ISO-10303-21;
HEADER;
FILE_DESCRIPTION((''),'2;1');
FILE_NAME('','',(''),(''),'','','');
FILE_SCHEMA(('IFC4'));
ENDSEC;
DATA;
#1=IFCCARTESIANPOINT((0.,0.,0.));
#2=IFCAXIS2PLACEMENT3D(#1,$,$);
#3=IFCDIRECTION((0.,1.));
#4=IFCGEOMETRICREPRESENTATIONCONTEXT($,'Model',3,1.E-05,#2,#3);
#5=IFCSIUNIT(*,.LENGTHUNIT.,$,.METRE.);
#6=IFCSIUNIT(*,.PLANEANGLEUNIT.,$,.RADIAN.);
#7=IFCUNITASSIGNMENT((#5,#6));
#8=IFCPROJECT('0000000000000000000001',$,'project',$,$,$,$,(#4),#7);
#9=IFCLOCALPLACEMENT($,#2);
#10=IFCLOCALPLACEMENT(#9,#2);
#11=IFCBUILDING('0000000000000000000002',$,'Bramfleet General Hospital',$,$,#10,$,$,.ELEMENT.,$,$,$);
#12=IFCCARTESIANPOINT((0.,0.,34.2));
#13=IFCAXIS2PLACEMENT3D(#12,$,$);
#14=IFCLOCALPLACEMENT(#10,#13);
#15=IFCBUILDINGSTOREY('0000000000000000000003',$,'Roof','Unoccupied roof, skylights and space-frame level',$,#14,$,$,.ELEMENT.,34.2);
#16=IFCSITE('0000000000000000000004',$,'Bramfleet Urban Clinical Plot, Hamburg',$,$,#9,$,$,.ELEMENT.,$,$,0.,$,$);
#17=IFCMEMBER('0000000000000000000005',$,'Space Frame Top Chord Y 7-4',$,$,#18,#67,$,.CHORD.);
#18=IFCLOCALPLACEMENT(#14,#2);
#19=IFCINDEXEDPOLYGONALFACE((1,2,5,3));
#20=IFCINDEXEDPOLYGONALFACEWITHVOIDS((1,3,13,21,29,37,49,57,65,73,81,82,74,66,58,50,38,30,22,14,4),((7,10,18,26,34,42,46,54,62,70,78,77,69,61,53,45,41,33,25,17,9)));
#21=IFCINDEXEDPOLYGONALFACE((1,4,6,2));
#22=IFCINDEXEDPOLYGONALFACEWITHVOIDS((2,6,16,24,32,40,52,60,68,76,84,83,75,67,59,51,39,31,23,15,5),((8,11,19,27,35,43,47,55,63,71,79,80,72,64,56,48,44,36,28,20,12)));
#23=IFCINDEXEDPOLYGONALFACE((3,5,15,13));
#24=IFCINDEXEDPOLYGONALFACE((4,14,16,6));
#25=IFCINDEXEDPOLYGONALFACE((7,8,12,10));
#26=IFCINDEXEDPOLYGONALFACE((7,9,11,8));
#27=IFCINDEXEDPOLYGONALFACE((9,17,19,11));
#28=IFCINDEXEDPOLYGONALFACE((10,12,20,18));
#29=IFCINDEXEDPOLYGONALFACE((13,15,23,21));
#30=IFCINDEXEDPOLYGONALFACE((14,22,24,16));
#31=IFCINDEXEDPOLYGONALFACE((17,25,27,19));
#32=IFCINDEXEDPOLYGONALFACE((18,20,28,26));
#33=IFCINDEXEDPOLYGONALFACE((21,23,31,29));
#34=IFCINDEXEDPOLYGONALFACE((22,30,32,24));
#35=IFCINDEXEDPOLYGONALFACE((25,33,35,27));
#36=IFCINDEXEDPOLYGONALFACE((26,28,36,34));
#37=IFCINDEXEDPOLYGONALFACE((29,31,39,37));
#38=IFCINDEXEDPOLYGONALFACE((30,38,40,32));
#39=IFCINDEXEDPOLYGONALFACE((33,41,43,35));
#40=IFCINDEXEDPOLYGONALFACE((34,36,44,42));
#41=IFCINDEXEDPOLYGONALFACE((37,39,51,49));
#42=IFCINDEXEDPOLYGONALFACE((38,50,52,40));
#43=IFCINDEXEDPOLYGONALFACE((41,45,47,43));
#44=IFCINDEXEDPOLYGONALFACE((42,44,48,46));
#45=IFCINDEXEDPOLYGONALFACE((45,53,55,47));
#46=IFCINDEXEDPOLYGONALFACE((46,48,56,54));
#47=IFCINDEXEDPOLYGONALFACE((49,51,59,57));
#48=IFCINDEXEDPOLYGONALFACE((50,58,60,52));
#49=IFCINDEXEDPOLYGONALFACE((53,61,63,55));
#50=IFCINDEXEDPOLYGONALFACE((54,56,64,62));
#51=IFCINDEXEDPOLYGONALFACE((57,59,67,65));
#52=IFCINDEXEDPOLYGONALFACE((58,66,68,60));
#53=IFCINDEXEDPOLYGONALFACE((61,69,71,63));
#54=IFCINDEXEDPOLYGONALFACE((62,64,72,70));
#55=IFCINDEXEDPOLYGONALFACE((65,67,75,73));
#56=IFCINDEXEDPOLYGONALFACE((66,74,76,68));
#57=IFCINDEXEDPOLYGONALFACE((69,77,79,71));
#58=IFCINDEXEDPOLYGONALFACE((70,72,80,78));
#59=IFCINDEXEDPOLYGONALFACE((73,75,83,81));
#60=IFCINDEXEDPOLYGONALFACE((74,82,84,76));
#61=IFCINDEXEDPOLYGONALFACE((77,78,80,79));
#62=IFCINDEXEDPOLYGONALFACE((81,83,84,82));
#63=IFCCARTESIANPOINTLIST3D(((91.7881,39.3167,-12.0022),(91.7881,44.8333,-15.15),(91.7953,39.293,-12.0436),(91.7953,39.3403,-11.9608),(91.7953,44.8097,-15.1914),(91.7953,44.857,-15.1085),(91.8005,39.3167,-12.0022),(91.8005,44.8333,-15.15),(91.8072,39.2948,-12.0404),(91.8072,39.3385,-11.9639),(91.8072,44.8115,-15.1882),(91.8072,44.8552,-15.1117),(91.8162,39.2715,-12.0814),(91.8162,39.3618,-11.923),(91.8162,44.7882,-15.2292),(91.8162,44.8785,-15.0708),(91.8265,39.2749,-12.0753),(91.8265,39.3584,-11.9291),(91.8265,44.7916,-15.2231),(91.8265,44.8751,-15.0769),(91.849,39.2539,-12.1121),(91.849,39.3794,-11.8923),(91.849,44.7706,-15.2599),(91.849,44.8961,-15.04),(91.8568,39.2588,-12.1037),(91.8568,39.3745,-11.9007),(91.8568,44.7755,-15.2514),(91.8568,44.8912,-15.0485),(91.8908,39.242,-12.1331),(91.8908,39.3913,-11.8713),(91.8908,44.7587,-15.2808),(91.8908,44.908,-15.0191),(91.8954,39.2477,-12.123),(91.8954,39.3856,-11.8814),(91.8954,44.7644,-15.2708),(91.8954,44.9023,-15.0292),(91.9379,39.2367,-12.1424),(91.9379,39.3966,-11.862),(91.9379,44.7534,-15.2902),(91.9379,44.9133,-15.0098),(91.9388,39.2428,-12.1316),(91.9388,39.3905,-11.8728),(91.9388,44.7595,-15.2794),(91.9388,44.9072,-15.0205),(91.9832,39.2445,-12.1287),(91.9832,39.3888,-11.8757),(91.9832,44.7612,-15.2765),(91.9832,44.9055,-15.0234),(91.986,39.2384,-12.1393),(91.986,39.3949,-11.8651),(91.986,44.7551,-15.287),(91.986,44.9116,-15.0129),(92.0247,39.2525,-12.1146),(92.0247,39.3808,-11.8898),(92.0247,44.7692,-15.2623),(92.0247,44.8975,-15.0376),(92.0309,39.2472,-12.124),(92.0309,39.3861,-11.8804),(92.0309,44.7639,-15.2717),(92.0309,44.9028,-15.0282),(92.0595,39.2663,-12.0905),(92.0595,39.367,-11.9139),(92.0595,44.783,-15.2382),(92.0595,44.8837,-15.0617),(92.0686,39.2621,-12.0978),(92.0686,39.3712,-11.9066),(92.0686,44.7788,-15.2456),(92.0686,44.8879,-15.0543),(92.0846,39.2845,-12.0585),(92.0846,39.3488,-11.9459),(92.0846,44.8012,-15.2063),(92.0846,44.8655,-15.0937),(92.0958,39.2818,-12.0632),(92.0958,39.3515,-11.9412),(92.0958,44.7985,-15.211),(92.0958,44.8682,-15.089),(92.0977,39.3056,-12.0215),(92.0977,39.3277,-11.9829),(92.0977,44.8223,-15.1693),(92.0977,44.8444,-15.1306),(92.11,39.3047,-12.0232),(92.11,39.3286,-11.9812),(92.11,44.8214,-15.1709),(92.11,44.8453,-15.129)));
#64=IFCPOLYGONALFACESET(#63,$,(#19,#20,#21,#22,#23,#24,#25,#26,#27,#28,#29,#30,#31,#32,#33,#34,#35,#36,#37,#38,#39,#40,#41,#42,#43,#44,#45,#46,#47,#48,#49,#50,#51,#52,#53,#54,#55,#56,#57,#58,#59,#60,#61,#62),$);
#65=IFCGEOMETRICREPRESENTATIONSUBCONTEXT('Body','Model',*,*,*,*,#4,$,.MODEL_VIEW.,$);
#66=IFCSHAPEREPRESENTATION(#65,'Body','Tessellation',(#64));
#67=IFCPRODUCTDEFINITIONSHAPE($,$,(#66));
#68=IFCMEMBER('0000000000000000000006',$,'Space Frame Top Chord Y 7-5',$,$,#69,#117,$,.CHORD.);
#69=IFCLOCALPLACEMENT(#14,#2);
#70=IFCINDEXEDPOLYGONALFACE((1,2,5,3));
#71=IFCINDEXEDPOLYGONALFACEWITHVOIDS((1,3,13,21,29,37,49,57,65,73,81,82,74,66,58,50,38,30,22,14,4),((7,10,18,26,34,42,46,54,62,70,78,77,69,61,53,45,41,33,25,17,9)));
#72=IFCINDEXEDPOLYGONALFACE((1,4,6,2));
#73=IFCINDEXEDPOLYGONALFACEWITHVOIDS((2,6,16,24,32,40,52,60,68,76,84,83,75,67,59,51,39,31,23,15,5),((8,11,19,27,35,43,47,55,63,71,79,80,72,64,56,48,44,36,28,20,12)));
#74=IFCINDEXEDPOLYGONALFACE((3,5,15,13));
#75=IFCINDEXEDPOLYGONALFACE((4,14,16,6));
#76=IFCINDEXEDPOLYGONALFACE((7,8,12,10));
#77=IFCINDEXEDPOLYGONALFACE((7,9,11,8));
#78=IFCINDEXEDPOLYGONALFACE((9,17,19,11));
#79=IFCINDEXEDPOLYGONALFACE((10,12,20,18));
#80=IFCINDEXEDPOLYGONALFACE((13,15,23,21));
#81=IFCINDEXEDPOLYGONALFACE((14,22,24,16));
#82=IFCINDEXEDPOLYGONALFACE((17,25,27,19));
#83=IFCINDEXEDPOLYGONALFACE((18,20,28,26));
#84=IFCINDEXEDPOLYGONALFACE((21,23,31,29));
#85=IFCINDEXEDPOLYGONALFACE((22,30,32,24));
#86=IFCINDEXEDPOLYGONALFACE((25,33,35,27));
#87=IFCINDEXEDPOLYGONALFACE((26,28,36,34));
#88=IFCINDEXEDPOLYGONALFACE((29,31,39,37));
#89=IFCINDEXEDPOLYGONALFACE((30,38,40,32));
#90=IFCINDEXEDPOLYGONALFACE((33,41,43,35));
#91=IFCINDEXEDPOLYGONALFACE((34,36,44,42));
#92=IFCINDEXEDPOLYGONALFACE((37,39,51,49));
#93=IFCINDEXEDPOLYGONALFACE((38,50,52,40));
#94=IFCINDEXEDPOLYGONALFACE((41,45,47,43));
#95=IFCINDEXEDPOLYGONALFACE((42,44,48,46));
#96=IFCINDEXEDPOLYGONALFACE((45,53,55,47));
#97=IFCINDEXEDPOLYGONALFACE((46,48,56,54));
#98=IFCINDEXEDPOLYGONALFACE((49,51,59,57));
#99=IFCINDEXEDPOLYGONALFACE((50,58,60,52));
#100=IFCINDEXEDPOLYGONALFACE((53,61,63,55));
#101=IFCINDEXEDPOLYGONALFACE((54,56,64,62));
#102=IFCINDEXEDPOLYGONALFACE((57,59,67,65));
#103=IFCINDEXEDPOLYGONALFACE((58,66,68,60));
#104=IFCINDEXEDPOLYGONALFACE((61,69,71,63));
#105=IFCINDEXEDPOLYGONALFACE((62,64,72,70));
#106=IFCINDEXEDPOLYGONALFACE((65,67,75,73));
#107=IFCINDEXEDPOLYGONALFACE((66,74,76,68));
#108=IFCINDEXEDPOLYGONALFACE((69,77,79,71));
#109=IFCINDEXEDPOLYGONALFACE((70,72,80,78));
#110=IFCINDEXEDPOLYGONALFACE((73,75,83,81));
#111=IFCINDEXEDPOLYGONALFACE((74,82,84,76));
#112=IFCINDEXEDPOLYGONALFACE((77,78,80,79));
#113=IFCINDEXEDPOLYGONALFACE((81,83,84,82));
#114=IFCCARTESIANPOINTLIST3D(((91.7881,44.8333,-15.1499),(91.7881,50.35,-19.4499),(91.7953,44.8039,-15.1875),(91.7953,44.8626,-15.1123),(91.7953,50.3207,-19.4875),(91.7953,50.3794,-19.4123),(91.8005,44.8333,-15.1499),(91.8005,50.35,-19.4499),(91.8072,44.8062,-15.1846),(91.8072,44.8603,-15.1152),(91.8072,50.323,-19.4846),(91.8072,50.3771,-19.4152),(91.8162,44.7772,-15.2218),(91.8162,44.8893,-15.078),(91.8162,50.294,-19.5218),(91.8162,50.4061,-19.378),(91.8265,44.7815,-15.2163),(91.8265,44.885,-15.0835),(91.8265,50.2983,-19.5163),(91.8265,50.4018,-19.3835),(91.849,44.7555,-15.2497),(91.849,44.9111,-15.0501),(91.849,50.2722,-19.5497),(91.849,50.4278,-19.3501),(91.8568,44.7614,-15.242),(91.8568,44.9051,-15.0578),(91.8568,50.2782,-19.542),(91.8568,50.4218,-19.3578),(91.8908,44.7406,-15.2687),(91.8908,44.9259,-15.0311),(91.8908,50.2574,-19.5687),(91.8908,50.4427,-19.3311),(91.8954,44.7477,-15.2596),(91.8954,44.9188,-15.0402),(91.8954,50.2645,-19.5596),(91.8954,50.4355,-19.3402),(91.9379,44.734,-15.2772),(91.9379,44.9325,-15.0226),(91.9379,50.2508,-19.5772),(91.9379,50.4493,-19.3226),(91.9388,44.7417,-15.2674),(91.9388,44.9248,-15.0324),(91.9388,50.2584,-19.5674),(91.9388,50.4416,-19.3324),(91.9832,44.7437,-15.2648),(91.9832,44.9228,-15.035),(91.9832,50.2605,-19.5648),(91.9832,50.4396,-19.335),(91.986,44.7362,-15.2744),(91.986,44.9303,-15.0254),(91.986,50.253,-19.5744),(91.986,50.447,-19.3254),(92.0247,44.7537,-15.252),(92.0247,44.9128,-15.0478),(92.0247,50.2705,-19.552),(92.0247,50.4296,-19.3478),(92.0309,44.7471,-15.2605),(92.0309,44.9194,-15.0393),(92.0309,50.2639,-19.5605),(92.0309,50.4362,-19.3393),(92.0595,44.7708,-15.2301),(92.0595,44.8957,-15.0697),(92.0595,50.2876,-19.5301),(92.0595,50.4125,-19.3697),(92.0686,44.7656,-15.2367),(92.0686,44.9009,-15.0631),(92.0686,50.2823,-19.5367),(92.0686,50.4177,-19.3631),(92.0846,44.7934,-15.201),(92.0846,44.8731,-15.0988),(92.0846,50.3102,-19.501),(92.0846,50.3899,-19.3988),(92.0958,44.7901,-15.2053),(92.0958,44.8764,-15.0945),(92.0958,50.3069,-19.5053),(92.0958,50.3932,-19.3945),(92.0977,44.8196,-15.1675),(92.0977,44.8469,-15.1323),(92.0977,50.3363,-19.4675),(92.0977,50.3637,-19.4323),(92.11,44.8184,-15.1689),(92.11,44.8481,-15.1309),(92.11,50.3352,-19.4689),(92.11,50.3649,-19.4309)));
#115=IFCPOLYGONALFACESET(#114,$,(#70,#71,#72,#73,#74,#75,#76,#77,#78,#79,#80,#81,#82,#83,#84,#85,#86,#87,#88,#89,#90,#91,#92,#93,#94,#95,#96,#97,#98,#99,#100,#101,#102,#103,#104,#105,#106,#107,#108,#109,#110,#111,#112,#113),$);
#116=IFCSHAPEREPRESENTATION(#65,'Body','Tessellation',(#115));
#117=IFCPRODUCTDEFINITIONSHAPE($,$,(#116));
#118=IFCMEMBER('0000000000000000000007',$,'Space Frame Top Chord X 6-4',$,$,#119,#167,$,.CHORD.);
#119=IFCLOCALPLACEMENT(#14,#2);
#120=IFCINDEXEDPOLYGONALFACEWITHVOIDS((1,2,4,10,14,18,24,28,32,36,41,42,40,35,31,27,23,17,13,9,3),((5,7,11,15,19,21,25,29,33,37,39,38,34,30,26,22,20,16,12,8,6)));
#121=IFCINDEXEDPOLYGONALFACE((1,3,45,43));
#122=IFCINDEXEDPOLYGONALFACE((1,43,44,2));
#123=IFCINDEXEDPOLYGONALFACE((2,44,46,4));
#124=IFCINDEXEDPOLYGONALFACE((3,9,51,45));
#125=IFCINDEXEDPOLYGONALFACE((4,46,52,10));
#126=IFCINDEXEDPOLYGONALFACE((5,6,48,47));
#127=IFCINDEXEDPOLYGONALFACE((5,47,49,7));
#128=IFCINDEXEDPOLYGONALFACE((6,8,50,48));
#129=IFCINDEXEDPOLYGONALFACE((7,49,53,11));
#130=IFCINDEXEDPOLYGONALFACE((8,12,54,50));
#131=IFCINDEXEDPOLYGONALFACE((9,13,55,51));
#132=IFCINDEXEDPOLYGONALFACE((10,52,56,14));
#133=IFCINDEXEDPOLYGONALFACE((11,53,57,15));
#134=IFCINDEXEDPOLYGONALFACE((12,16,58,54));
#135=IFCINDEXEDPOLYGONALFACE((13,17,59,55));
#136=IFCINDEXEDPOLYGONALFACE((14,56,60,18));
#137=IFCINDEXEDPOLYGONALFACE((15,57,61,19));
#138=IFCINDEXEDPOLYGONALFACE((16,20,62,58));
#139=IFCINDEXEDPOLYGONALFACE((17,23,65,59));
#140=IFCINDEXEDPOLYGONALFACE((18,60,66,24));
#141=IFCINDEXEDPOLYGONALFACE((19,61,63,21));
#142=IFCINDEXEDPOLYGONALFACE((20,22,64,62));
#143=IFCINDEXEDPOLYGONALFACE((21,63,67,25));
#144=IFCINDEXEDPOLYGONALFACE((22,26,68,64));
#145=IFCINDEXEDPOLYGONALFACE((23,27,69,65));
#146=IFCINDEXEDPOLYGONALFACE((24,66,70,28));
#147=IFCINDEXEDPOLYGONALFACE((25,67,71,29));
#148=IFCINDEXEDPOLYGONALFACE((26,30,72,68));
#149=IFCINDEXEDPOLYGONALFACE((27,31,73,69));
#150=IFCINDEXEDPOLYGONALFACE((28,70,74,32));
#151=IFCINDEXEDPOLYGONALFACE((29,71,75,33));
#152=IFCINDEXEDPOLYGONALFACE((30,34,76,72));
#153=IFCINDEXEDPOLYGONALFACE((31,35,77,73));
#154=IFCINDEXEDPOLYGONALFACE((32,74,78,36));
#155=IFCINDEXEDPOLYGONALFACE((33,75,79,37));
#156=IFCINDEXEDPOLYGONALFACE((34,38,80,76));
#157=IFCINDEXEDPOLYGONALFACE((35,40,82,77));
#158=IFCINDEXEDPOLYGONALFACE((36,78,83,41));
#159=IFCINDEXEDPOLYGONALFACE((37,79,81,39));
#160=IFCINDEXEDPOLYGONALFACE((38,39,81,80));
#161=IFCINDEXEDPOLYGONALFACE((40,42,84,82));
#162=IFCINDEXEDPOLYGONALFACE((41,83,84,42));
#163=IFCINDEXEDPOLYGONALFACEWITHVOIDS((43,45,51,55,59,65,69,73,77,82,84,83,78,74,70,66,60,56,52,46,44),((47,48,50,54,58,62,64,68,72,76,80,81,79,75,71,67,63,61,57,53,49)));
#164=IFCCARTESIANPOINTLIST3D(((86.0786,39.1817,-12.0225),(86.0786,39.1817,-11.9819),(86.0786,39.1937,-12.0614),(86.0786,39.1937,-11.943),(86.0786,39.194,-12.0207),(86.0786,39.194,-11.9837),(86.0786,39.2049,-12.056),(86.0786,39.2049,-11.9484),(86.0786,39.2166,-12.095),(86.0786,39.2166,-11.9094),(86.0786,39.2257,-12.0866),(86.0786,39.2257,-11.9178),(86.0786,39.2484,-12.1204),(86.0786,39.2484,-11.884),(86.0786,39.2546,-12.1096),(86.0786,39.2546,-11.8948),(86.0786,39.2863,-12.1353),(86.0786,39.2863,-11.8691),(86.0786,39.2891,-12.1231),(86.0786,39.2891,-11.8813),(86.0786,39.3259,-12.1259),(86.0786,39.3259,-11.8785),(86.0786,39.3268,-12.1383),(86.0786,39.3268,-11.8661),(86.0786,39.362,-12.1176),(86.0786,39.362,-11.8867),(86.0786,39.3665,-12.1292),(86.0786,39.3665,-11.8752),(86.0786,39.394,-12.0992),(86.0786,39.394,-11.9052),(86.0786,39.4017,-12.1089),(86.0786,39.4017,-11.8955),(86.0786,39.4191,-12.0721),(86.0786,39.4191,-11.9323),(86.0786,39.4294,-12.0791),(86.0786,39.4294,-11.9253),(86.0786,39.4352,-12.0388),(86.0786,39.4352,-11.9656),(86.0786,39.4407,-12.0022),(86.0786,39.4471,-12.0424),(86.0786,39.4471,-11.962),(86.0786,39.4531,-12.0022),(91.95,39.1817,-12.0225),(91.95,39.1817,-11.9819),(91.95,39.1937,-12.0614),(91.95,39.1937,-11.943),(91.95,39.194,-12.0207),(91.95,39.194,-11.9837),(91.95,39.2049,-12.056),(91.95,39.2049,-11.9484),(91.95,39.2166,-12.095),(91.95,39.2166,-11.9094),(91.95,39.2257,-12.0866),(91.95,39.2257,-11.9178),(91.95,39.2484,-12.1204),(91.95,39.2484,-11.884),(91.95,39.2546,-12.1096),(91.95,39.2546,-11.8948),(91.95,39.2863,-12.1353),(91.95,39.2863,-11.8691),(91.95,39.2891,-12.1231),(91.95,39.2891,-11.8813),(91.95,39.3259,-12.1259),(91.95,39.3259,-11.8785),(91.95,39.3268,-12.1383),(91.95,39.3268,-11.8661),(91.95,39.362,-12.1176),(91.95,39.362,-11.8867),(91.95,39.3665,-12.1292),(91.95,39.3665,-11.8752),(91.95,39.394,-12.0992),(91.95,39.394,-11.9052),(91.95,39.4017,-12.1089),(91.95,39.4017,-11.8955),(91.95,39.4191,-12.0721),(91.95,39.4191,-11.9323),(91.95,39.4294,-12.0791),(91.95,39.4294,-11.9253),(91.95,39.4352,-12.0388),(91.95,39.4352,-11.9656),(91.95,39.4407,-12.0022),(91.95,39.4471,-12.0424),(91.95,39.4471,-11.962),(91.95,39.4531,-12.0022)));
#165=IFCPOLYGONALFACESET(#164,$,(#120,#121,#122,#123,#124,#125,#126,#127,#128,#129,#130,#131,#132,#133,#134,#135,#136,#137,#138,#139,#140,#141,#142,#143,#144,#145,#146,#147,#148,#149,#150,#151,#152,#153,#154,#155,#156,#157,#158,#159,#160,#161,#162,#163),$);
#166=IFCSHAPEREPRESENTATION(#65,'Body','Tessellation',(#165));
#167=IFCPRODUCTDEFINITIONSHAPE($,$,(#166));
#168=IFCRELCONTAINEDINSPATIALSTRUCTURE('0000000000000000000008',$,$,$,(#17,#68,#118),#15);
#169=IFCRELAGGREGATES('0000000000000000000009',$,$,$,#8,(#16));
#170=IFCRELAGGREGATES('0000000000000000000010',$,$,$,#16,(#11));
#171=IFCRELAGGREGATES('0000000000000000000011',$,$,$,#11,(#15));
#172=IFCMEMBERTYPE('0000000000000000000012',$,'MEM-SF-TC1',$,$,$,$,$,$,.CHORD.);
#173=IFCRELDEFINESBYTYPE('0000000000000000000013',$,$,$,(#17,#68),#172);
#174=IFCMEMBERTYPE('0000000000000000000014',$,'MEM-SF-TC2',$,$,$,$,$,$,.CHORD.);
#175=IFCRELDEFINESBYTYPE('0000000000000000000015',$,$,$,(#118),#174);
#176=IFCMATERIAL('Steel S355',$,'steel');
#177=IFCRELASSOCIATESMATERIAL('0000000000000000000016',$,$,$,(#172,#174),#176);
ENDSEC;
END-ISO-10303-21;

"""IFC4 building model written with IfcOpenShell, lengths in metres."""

from ifc_helpers import new_model, si_unit, direction, frame, origin, origin_2d, place, context, subcontext, project, spatial, hollow_circle, extrude, material, material_profile, profile_set, type_object, element, save


model = new_model("IFC4")

# Units and contexts
model_context = context("Model", 3, precision=1e-05, world=origin(), true_north=direction((0.0, 1.0)))
body_context = subcontext(model_context, "Body", "Model", "MODEL_VIEW")
ifc_project = project(units=[si_unit("LENGTHUNIT", "METRE"), si_unit("PLANEANGLEUNIT", "RADIAN")], contexts=[model_context])

# Site, building, storey
site_placement = place(None, origin())
site = spatial("IfcSite", under=ifc_project, at=site_placement, Name="Bramfleet Urban Clinical Plot, Hamburg", CompositionType="ELEMENT", RefElevation=0.0)
building_placement = place(site_placement, origin())
building = spatial("IfcBuilding", under=site, at=building_placement, Name="Bramfleet General Hospital", CompositionType="ELEMENT")
storey_placement = place(building_placement, frame((0.0, 0.0, 34.2)))
storey = spatial("IfcBuildingStorey", under=building, at=storey_placement, Name="Roof", Description="Unoccupied roof, skylights and space-frame level", CompositionType="ELEMENT", Elevation=34.2)

# Members
ifc_material = material(Name="Steel S355", Category="steel")
ifc_material_profile_1 = material_profile(ifc_material, hollow_circle(Radius=0.1619, WallThickness=0.0125, at=origin_2d()), Name="CHS 323.9x12.5")
ifc_profile_set_1 = profile_set([ifc_material_profile_1], Name="Steel S355")
member_type_1 = type_object("IfcMemberType", Name="MEM-SF-TC1", PredefinedType="CHORD", material=ifc_profile_set_1)
member_1_placement = place(storey_placement, frame((91.95, 39.3167, -12.0022), z_axis=(0.0, 0.868558, -0.495588), x_axis=(-1.0, 0.0, 0.0)))
element("IfcMember", 1, at=member_1_placement, inside=storey, type_object=member_type_1, Name="Space Frame Top Chord Y 7-4", PredefinedType="CHORD", context=body_context, shape_type="SweptSolid", body=[
    extrude(hollow_circle(Radius=0.1619, WallThickness=0.0125, at=origin_2d()), origin(), (0.0, 0.0, 1.0), 6.3516),
])
member_2_placement = place(storey_placement, frame((91.95, 44.8333, -15.1499), z_axis=(0.0, 0.788717, -0.614757), x_axis=(-1.0, 0.0, 0.0)))
element("IfcMember", 2, at=member_2_placement, inside=storey, type_object=member_type_1, Name="Space Frame Top Chord Y 7-5", PredefinedType="CHORD", context=body_context, shape_type="SweptSolid", body=[
    extrude(hollow_circle(Radius=0.1619, WallThickness=0.0125, at=origin_2d()), origin(), (0.0, 0.0, 1.0), 6.9946),
])
ifc_material_profile_2 = material_profile(ifc_material, hollow_circle(Radius=0.1365, WallThickness=0.0125, at=origin_2d()), Name="CHS 273.0x12.5")
ifc_profile_set_2 = profile_set([ifc_material_profile_2], Name="Steel S355")
member_type_2 = type_object("IfcMemberType", Name="MEM-SF-TC2", PredefinedType="CHORD", material=ifc_profile_set_2)
for number, where, z_axis, x_axis, name in (
    (3, (86.0786, 39.3167, -12.0022), (1.0, 0.0, 0.0), (0.0, 1.0, 0.0), "Space Frame Top Chord X 6-4"),
):
    element("IfcMember", number, at=place(storey_placement, frame(where, z_axis=z_axis, x_axis=x_axis)), inside=storey, type_object=member_type_2, Name=name, PredefinedType="CHORD", context=body_context, shape_type="SweptSolid", body=[
        extrude(hollow_circle(Radius=0.1365, WallThickness=0.0125, at=origin_2d()), origin(), (0.0, 0.0, 1.0), 5.8713),
    ])

save(model, "model.ifc")
